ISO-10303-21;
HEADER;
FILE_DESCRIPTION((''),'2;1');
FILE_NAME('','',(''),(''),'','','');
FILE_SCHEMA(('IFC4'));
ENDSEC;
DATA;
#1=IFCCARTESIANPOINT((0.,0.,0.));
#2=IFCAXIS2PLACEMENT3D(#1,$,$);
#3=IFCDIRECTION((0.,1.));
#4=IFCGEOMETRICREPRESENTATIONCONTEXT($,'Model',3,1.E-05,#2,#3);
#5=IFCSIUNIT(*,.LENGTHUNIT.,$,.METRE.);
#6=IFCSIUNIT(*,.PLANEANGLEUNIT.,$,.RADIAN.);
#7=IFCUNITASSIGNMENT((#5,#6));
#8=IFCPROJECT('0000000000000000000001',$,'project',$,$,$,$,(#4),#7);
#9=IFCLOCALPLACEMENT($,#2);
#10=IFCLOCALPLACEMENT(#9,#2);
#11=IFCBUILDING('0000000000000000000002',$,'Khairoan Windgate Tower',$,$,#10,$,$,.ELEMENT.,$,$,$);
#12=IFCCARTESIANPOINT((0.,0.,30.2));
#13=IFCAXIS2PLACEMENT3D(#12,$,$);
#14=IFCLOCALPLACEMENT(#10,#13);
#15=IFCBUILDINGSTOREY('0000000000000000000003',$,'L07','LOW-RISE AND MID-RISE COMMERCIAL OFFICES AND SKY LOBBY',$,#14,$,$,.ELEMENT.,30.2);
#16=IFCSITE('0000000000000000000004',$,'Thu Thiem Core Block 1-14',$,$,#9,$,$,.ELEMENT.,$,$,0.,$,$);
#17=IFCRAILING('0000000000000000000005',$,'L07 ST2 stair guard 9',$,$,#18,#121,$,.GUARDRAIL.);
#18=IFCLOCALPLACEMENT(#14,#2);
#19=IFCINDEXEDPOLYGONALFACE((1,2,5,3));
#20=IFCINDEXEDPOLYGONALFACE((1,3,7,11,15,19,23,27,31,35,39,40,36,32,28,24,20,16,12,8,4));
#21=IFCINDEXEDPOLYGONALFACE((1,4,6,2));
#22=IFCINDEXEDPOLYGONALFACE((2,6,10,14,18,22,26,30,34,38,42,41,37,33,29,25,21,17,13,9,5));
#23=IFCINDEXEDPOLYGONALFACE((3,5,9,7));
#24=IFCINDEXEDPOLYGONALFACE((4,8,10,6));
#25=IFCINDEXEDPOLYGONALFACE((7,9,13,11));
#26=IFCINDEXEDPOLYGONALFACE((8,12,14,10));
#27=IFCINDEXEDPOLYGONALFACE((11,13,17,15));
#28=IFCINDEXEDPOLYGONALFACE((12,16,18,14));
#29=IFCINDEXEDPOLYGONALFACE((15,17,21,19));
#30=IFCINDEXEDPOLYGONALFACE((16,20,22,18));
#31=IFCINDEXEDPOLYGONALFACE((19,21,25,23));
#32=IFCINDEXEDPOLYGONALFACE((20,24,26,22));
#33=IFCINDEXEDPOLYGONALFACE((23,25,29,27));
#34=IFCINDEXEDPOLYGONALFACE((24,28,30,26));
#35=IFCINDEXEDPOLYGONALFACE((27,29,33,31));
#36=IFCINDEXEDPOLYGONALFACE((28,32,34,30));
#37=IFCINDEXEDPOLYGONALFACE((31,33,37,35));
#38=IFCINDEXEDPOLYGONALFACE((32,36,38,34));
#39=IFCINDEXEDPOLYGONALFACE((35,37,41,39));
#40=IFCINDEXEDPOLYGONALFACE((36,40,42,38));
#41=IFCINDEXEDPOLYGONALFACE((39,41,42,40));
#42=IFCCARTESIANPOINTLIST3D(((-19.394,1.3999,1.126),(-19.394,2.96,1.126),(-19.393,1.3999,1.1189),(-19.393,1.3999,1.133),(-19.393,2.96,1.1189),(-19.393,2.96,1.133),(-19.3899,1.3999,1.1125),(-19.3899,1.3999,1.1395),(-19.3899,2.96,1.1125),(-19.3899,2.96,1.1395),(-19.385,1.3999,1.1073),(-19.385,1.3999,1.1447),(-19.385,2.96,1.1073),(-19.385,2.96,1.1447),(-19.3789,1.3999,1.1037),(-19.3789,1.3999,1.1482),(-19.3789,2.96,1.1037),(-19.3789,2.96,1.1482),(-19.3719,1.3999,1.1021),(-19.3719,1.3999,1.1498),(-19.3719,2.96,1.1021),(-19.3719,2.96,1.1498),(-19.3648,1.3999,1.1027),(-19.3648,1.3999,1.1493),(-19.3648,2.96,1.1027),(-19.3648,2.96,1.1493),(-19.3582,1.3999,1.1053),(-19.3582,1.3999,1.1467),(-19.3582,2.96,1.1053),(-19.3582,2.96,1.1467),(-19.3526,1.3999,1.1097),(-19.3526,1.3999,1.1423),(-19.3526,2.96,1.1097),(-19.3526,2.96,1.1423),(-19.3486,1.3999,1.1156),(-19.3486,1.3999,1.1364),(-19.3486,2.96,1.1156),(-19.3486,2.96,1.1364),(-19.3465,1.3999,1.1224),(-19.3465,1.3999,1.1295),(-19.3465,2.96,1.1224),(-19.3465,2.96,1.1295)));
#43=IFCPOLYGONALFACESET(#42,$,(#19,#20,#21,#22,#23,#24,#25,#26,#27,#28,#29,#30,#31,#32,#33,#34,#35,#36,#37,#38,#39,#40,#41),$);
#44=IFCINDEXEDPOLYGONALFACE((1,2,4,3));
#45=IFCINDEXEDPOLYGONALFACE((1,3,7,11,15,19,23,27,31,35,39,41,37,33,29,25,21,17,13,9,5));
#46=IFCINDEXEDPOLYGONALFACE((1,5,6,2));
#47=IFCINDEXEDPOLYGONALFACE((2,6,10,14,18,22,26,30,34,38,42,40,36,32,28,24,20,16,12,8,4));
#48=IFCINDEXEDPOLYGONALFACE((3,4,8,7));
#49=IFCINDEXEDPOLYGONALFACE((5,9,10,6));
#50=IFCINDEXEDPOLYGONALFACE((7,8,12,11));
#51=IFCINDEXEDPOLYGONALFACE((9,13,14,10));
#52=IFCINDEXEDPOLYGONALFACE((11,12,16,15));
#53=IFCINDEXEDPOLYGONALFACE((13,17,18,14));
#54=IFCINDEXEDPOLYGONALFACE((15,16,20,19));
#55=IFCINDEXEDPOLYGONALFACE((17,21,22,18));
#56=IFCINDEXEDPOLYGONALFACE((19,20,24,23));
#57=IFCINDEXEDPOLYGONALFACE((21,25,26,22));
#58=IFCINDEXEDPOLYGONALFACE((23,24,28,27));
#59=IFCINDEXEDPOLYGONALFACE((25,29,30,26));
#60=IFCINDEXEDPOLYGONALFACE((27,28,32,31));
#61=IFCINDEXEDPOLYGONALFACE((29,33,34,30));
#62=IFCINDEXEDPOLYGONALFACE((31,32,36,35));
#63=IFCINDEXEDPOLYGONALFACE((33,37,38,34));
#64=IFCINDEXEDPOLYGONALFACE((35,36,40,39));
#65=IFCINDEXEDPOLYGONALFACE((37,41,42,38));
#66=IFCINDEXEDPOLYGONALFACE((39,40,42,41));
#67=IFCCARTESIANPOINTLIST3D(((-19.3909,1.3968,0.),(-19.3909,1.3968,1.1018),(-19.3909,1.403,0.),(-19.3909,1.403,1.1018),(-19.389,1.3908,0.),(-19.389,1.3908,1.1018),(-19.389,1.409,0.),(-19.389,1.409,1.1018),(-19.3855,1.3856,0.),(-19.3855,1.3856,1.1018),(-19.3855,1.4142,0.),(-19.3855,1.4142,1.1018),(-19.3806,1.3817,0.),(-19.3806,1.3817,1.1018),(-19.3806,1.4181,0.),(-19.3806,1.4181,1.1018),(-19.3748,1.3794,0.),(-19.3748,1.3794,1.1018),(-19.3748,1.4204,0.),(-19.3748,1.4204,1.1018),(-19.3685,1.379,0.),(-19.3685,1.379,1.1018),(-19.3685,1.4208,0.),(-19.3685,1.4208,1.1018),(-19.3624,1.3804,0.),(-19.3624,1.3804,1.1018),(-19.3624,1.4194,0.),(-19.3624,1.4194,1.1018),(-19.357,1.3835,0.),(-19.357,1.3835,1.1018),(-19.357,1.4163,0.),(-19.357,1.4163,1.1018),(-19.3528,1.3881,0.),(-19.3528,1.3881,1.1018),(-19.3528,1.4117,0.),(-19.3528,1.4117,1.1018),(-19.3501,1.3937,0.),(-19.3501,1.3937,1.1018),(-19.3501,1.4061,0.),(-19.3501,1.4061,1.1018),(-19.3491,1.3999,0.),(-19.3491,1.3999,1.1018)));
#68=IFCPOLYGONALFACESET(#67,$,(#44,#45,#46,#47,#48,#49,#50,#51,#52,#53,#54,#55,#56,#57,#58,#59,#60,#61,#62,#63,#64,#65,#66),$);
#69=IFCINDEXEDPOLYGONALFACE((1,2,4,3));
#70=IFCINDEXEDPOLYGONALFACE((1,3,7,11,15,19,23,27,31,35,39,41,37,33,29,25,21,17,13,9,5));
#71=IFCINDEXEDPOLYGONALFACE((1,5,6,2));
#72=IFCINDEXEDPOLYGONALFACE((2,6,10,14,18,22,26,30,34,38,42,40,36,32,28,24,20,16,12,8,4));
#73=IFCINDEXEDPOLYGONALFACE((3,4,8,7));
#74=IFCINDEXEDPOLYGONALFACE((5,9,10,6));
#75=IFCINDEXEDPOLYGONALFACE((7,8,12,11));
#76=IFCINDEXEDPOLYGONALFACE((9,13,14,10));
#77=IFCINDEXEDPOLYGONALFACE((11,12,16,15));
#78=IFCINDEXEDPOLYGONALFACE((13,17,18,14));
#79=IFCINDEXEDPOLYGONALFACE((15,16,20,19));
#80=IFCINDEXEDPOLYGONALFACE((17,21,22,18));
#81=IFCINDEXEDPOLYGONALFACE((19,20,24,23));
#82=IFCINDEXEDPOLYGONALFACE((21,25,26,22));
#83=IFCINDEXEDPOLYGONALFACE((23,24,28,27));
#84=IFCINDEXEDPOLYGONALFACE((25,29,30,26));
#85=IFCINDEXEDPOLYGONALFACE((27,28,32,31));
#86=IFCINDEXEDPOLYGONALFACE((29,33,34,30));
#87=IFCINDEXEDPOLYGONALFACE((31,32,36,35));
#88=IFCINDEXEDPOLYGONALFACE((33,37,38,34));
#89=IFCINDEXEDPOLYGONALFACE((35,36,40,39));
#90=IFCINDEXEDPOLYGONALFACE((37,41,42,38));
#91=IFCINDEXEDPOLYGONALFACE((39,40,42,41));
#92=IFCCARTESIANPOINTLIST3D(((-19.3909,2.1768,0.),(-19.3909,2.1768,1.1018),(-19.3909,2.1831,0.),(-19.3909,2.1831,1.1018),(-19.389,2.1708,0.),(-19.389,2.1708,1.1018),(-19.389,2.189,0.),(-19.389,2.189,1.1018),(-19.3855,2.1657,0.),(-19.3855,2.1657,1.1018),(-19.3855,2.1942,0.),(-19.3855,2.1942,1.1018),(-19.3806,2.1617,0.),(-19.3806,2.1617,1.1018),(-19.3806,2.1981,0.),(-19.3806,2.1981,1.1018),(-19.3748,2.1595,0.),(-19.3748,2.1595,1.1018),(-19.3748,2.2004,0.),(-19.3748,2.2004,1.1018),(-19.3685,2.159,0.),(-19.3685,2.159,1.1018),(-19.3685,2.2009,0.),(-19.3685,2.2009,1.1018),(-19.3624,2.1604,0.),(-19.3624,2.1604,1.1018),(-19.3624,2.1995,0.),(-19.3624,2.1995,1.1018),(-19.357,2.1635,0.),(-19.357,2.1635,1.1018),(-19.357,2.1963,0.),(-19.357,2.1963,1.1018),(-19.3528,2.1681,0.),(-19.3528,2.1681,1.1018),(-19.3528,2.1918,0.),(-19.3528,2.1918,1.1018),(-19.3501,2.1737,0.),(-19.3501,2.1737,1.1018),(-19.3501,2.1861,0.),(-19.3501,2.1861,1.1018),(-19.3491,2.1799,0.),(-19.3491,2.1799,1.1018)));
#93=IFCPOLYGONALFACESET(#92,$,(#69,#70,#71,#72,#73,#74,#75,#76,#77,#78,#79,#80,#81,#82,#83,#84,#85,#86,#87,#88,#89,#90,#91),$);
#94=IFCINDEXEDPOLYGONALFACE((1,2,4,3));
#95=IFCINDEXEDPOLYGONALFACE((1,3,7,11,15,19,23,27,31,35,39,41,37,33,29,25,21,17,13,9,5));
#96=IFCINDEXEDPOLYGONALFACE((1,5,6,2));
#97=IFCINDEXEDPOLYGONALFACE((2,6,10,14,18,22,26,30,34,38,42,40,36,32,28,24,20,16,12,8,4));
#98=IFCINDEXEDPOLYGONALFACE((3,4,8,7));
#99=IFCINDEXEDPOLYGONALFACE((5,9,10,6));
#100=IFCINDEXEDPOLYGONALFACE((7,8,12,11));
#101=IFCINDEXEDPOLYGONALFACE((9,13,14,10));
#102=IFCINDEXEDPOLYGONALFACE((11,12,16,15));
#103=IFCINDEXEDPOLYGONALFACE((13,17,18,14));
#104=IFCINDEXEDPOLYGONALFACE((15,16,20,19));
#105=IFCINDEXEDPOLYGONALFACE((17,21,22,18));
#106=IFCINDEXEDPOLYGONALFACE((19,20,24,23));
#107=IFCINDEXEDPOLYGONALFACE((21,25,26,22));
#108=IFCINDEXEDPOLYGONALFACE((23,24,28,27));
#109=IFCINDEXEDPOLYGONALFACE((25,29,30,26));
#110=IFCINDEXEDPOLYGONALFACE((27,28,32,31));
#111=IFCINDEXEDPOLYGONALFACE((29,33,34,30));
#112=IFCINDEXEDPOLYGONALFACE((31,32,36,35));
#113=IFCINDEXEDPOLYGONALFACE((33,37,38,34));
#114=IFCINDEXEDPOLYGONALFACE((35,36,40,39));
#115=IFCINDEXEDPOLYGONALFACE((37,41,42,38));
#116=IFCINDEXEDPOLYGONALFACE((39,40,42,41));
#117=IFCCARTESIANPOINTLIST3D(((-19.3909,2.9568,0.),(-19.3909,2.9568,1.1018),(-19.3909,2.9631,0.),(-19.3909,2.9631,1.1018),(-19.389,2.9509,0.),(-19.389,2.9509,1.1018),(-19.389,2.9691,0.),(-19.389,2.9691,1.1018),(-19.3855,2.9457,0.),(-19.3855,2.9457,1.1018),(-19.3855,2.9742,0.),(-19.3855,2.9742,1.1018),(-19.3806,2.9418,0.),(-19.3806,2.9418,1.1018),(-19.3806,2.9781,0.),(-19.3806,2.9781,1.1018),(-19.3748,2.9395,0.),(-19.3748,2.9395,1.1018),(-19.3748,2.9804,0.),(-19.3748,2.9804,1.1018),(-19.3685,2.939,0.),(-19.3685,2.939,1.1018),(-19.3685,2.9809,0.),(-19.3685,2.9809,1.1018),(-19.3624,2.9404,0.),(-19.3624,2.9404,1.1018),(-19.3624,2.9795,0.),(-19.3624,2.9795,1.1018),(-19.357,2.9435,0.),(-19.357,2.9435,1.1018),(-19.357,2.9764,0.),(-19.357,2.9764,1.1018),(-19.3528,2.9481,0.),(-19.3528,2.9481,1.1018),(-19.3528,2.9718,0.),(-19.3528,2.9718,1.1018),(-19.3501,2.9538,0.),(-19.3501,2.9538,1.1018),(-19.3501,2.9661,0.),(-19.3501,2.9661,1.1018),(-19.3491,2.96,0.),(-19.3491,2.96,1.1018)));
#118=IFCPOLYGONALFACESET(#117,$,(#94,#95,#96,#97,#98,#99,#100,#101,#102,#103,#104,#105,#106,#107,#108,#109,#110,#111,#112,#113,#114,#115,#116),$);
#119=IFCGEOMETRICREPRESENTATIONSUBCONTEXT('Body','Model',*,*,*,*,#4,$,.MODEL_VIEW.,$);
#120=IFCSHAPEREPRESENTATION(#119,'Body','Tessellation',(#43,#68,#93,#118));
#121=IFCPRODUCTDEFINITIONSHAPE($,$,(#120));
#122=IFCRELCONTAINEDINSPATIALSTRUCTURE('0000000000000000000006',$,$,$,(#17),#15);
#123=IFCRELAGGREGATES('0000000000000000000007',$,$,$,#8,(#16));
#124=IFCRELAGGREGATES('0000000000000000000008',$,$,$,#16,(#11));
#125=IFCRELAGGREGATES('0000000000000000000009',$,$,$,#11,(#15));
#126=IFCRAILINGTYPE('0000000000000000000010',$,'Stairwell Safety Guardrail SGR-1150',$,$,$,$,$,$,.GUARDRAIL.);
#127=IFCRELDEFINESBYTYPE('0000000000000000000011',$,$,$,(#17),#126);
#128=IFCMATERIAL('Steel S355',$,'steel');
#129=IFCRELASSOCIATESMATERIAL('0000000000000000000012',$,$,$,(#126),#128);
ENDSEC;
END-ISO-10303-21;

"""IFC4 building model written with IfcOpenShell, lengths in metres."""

from ifc_helpers import new_model, si_unit, direction, frame, origin, origin_2d, place, context, subcontext, project, spatial, circle, extrude, material, type_object, element, save


model = new_model("IFC4")

# Units and contexts
model_context = context("Model", 3, precision=1e-05, world=origin(), true_north=direction((0.0, 1.0)))
body_context = subcontext(model_context, "Body", "Model", "MODEL_VIEW")
ifc_project = project(units=[si_unit("LENGTHUNIT", "METRE"), si_unit("PLANEANGLEUNIT", "RADIAN")], contexts=[model_context])

# Site, building, storey
site_placement = place(None, origin())
site = spatial("IfcSite", under=ifc_project, at=site_placement, Name="Thu Thiem Core Block 1-14", CompositionType="ELEMENT", RefElevation=0.0)
building_placement = place(site_placement, origin())
building = spatial("IfcBuilding", under=site, at=building_placement, Name="Khairoan Windgate Tower", CompositionType="ELEMENT")
storey_placement = place(building_placement, frame((0.0, 0.0, 30.2)))
storey = spatial("IfcBuildingStorey", under=building, at=storey_placement, Name="L07", Description="LOW-RISE AND MID-RISE COMMERCIAL OFFICES AND SKY LOBBY", CompositionType="ELEMENT", Elevation=30.2)

# Railing
ifc_material_1 = material(Name="Steel S355", Category="steel")
railing_type_1 = type_object("IfcRailingType", Name="Stairwell Safety Guardrail SGR-1150", PredefinedType="GUARDRAIL", material=ifc_material_1)
for number, where, name in (
    (1, (-19.3701, 1.3999, 0.0), "L07 ST2 stair guard 9"),
):
    element("IfcRailing", number, at=place(storey_placement, frame(where)), inside=storey, type_object=railing_type_1, Name=name, PredefinedType="GUARDRAIL", context=body_context, shape_type="SweptSolid", body=[
        extrude(circle(Radius=0.0239, at=origin_2d()), frame((0.0, 0.0, 1.126), z_axis=(0.0, 1.0, 0.0), x_axis=(-1.0, 0.0, 0.0)), (0.0, 0.0, 1.0), 1.5601),
        extrude(circle(Radius=0.021, at=origin_2d()), origin(), (0.0, 0.0, 1.0), 1.1018),
        extrude(circle(Radius=0.021, at=origin_2d()), frame((0.0, 0.78, 0.0)), (0.0, 0.0, 1.0), 1.1018),
        extrude(circle(Radius=0.021, at=origin_2d()), frame((0.0, 1.5601, 0.0)), (0.0, 0.0, 1.0), 1.1018),
    ])

save(model, "model.ifc")
